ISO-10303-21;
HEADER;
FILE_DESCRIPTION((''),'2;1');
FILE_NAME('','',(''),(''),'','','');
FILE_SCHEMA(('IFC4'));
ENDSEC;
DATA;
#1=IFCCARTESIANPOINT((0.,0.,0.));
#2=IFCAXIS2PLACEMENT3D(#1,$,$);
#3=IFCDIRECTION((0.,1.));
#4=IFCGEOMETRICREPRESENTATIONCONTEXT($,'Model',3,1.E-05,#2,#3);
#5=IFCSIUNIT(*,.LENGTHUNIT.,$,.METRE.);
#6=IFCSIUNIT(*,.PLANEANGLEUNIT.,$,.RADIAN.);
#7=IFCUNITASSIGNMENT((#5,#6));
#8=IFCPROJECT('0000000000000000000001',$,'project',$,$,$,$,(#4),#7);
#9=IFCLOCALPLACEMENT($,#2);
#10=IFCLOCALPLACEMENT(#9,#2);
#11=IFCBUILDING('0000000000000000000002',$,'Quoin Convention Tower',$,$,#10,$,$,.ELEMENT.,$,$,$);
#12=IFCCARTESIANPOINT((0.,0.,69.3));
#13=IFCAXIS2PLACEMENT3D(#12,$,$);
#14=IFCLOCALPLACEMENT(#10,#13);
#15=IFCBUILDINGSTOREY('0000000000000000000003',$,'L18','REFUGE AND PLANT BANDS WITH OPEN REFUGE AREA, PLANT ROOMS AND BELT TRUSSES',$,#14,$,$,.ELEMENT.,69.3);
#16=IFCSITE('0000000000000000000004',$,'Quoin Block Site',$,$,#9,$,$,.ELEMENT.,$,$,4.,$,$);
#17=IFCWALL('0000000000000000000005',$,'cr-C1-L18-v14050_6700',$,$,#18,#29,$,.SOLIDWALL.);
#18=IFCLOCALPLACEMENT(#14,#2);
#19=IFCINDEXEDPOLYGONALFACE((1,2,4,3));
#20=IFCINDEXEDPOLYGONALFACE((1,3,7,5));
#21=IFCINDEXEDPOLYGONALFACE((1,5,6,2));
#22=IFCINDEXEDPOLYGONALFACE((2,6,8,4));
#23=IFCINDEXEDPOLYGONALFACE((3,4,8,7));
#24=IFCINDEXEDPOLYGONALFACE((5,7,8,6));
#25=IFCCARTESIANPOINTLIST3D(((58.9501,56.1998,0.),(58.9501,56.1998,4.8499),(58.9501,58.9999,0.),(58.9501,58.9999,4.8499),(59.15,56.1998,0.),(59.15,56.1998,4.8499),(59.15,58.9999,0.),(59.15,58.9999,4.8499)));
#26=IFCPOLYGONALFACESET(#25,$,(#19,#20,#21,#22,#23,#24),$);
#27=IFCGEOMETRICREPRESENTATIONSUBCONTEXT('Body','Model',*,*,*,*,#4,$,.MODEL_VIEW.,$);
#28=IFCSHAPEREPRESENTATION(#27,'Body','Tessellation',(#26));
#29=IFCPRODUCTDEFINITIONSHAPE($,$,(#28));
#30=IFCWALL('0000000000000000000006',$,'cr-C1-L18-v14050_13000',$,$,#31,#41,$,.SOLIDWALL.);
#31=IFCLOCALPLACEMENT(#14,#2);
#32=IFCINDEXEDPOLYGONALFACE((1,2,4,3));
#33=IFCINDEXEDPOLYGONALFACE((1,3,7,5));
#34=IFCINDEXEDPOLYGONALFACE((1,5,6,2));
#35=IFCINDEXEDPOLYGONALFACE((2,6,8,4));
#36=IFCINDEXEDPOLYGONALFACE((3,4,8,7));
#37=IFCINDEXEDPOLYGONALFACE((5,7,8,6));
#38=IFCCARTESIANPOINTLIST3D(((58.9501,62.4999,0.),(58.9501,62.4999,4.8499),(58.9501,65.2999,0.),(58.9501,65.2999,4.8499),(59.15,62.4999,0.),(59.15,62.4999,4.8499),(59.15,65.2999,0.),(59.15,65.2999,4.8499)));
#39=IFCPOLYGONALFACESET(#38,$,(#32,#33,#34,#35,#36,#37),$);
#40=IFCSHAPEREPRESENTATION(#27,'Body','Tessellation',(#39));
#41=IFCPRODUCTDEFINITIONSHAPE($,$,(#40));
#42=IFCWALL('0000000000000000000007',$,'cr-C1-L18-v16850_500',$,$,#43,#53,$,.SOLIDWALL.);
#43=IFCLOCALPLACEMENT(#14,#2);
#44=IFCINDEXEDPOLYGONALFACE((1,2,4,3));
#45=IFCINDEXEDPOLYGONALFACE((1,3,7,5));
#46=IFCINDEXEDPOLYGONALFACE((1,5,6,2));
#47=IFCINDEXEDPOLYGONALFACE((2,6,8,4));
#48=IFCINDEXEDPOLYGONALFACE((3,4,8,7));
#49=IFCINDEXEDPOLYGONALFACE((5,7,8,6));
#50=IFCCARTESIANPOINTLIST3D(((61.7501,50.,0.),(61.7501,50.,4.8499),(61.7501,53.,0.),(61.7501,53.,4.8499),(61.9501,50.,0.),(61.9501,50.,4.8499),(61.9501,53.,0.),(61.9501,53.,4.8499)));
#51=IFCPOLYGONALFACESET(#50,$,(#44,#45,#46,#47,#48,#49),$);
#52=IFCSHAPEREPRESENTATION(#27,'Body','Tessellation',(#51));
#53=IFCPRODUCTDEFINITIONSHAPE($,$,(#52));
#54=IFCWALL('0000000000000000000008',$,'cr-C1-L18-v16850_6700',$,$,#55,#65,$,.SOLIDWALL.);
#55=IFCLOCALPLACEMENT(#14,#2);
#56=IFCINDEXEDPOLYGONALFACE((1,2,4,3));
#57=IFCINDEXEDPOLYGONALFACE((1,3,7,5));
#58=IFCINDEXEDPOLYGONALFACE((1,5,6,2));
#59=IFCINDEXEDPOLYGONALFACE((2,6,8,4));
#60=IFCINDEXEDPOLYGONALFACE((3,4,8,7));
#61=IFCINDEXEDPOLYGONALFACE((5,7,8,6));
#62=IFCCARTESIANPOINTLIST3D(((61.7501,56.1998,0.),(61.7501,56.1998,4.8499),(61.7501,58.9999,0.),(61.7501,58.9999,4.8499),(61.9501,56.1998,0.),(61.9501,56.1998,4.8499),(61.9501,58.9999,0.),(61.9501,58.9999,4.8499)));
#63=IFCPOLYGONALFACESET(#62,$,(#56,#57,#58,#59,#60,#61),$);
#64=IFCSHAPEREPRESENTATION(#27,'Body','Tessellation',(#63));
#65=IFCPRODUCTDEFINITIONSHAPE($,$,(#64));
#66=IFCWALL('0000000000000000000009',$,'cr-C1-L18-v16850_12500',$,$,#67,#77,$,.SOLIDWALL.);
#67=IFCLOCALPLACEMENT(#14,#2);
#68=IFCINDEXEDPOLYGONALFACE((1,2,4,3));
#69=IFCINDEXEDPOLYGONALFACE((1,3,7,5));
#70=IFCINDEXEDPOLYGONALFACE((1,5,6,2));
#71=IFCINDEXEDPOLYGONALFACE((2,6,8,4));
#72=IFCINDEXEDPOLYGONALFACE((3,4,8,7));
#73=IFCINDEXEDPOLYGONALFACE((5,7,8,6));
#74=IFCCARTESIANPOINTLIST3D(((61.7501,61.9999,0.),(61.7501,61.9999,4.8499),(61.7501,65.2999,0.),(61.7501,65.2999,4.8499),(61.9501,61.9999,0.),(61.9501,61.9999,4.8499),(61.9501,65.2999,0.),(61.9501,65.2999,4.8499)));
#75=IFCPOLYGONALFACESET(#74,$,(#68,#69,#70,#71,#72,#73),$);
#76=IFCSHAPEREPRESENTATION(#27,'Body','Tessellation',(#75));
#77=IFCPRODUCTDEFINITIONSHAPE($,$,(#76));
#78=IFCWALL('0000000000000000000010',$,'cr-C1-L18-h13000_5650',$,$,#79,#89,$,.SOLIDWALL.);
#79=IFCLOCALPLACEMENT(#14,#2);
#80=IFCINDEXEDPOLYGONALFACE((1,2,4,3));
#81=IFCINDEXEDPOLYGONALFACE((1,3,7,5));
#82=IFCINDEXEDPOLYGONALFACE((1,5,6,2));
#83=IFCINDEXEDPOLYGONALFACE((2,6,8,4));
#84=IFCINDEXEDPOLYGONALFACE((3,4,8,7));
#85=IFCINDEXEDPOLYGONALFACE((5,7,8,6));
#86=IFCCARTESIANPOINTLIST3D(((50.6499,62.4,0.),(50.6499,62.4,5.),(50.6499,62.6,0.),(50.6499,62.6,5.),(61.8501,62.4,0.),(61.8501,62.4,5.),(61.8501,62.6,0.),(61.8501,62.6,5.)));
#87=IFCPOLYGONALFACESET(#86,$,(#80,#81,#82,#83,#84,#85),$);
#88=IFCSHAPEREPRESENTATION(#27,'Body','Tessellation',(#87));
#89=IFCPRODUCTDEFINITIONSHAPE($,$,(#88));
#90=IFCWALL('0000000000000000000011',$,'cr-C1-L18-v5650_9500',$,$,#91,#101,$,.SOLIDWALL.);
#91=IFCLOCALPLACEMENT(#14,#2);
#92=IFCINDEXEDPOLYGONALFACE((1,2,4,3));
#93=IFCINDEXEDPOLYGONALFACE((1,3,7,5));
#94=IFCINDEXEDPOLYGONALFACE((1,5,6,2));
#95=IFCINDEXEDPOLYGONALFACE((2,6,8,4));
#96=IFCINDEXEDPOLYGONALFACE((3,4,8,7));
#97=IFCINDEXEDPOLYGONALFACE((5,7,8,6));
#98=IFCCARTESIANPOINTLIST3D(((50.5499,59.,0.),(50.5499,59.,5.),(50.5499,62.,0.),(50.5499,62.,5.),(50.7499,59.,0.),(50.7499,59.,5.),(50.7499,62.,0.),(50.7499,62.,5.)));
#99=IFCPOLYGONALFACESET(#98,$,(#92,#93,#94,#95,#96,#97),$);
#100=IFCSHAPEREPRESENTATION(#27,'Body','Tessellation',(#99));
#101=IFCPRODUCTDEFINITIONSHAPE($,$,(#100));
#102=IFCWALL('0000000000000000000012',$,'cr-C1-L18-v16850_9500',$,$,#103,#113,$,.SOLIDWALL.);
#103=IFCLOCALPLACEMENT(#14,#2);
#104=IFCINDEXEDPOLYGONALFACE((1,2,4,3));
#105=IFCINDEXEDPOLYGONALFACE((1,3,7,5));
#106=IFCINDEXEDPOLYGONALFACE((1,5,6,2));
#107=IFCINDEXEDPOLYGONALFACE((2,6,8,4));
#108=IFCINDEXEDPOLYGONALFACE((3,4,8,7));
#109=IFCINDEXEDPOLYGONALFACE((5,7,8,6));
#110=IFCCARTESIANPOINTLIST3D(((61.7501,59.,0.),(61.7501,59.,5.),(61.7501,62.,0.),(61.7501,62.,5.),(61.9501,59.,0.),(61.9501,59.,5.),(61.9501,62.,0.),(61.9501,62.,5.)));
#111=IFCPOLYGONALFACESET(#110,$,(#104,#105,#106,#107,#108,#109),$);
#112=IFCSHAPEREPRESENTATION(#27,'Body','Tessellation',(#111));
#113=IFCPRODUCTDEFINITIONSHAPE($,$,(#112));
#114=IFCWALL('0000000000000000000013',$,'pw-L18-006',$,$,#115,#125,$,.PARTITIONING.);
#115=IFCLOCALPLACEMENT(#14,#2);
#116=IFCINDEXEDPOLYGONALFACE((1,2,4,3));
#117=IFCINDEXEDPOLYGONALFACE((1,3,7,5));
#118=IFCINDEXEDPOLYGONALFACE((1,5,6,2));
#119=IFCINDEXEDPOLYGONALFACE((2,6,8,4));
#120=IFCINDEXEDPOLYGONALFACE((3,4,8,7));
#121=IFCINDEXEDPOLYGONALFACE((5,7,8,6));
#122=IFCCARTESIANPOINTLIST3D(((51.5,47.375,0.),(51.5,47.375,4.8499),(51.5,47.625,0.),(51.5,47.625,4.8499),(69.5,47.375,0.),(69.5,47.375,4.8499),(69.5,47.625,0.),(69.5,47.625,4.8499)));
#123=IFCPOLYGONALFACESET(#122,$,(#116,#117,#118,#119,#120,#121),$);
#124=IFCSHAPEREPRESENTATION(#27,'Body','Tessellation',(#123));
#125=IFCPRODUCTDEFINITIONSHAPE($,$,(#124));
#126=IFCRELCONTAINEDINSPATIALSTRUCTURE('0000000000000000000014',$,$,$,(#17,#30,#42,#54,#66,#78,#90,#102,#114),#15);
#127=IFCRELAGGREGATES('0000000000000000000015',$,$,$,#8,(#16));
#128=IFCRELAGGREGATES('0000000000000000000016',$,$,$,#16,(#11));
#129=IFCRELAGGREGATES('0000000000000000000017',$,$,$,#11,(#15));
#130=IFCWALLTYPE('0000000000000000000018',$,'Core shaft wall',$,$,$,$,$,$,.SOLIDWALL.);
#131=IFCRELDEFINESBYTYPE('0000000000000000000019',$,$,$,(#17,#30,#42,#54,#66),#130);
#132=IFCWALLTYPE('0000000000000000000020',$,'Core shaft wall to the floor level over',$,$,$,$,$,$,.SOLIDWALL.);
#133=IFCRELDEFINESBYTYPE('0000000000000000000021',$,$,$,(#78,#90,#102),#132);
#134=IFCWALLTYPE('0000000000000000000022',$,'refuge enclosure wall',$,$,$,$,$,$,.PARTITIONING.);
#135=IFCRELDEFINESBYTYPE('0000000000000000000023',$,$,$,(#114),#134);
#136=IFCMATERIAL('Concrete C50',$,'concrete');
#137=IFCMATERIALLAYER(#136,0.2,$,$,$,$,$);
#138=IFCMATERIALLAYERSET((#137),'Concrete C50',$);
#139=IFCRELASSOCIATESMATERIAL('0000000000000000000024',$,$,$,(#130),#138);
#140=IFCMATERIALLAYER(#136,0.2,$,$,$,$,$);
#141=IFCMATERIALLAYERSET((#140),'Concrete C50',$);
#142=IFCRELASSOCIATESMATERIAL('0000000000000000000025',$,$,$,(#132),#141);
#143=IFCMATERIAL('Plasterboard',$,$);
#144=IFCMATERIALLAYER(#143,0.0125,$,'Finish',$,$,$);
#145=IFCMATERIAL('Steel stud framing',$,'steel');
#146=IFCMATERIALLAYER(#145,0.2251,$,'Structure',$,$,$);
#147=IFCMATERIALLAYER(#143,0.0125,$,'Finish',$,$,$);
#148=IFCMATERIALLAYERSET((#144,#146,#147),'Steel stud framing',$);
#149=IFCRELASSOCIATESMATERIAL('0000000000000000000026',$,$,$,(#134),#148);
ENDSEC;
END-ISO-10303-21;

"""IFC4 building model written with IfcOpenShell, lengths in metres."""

from ifc_helpers import new_model, si_unit, direction, frame, frame_2d, origin, place, context, subcontext, project, spatial, rectangle, extrude, material, layer, layer_set, type_object, element, save


model = new_model("IFC4")

# Units and contexts
model_context = context("Model", 3, precision=1e-05, world=origin(), true_north=direction((0.0, 1.0)))
body_context = subcontext(model_context, "Body", "Model", "MODEL_VIEW")
ifc_project = project(units=[si_unit("LENGTHUNIT", "METRE"), si_unit("PLANEANGLEUNIT", "RADIAN")], contexts=[model_context])

# Site, building, storey
site_placement = place(None, origin())
site = spatial("IfcSite", under=ifc_project, at=site_placement, Name="Quoin Block Site", CompositionType="ELEMENT", RefElevation=4.0)
building_placement = place(site_placement, origin())
building = spatial("IfcBuilding", under=site, at=building_placement, Name="Quoin Convention Tower", CompositionType="ELEMENT")
storey_placement = place(building_placement, frame((0.0, 0.0, 69.3)))
storey = spatial("IfcBuildingStorey", under=building, at=storey_placement, Name="L18", Description="REFUGE AND PLANT BANDS WITH OPEN REFUGE AREA, PLANT ROOMS AND BELT TRUSSES", CompositionType="ELEMENT", Elevation=69.3)

# Shared definitions
ifc_material_1 = material(Name="Plasterboard")
ifc_material_2 = material(Name="Steel stud framing", Category="steel")

# Walls
ifc_material_3 = material(Name="Concrete C50", Category="concrete")
ifc_layer_1 = layer(ifc_material_3, 0.2)
ifc_layer_set_1 = layer_set([ifc_layer_1], Name="Concrete C50")
wall_type_1 = type_object("IfcWallType", Name="Core shaft wall", PredefinedType="SOLIDWALL", material=ifc_layer_set_1)
for number, where, z_axis, x_axis, name in (
    (1, (59.05, 56.2, 0.0), (0.0, 0.0, 1.0), (0.0, 1.0, 0.0), "cr-C1-L18-v14050_6700"),
    (2, (59.05, 62.5, 0.0), (0.0, 0.0, 1.0), (0.0, 1.0, 0.0), "cr-C1-L18-v14050_13000"),
):
    element("IfcWall", number, at=place(storey_placement, frame(where, z_axis=z_axis, x_axis=x_axis)), inside=storey, type_object=wall_type_1, Name=name, PredefinedType="SOLIDWALL", context=body_context, shape_type="SweptSolid", body=[
        extrude(rectangle(XDim=2.8, YDim=0.2, at=frame_2d((1.3999, 0.0))), origin(), (0.0, 0.0, 1.0), 4.8499),
    ])
wall_1_placement = place(storey_placement, frame((61.8501, 50.0, 0.0), z_axis=(0.0, 0.0, 1.0), x_axis=(0.0, 1.0, 0.0)))
element("IfcWall", 3, at=wall_1_placement, inside=storey, type_object=wall_type_1, Name="cr-C1-L18-v16850_500", PredefinedType="SOLIDWALL", context=body_context, shape_type="SweptSolid", body=[
    extrude(rectangle(XDim=3.0, YDim=0.2, at=frame_2d((1.5, 0.0))), origin(), (0.0, 0.0, 1.0), 4.8499),
])
wall_2_placement = place(storey_placement, frame((61.8501, 56.2, 0.0), z_axis=(0.0, 0.0, 1.0), x_axis=(0.0, 1.0, 0.0)))
element("IfcWall", 4, at=wall_2_placement, inside=storey, type_object=wall_type_1, Name="cr-C1-L18-v16850_6700", PredefinedType="SOLIDWALL", context=body_context, shape_type="SweptSolid", body=[
    extrude(rectangle(XDim=2.8, YDim=0.2, at=frame_2d((1.3999, 0.0))), origin(), (0.0, 0.0, 1.0), 4.8499),
])
wall_3_placement = place(storey_placement, frame((61.8501, 62.0, 0.0), z_axis=(0.0, 0.0, 1.0), x_axis=(0.0, 1.0, 0.0)))
element("IfcWall", 5, at=wall_3_placement, inside=storey, type_object=wall_type_1, Name="cr-C1-L18-v16850_12500", PredefinedType="SOLIDWALL", context=body_context, shape_type="SweptSolid", body=[
    extrude(rectangle(XDim=3.3, YDim=0.2, at=frame_2d((1.6499, 0.0))), origin(), (0.0, 0.0, 1.0), 4.8499),
])
ifc_layer_2 = layer(ifc_material_3, 0.2)
ifc_layer_set_2 = layer_set([ifc_layer_2], Name="Concrete C50")
wall_type_2 = type_object("IfcWallType", Name="Core shaft wall to the floor level over", PredefinedType="SOLIDWALL", material=ifc_layer_set_2)
wall_4_placement = place(storey_placement, frame((50.6499, 62.5, 0.0), z_axis=(0.0, 0.0, 1.0), x_axis=(1.0, 0.0, 0.0)))
element("IfcWall", 6, at=wall_4_placement, inside=storey, type_object=wall_type_2, Name="cr-C1-L18-h13000_5650", PredefinedType="SOLIDWALL", context=body_context, shape_type="SweptSolid", body=[
    extrude(rectangle(XDim=11.2002, YDim=0.2, at=frame_2d((5.6001, 0.0))), origin(), (0.0, 0.0, 1.0), 5.0),
])
for number, where, z_axis, x_axis, name in (
    (7, (50.6499, 59.0, 0.0), (0.0, 0.0, 1.0), (0.0, 1.0, 0.0), "cr-C1-L18-v5650_9500"),
    (8, (61.8501, 59.0, 0.0), (0.0, 0.0, 1.0), (0.0, 1.0, 0.0), "cr-C1-L18-v16850_9500"),
):
    element("IfcWall", number, at=place(storey_placement, frame(where, z_axis=z_axis, x_axis=x_axis)), inside=storey, type_object=wall_type_2, Name=name, PredefinedType="SOLIDWALL", context=body_context, shape_type="SweptSolid", body=[
        extrude(rectangle(XDim=3.0, YDim=0.2, at=frame_2d((1.5, 0.0))), origin(), (0.0, 0.0, 1.0), 5.0),
    ])
ifc_layer_3 = layer(ifc_material_1, 0.0125, Name="Finish")
ifc_layer_4 = layer(ifc_material_2, 0.2251, Name="Structure")
ifc_layer_5 = layer(ifc_material_1, 0.0125, Name="Finish")
ifc_layer_set_3 = layer_set([ifc_layer_3, ifc_layer_4, ifc_layer_5], Name="Steel stud framing")
wall_type_3 = type_object("IfcWallType", Name="refuge enclosure wall", PredefinedType="PARTITIONING", material=ifc_layer_set_3)
wall_5_placement = place(storey_placement, frame((51.5, 47.5, 0.0), z_axis=(0.0, 0.0, 1.0), x_axis=(1.0, 0.0, 0.0)))
element("IfcWall", 9, at=wall_5_placement, inside=storey, type_object=wall_type_3, Name="pw-L18-006", PredefinedType="PARTITIONING", context=body_context, shape_type="SweptSolid", body=[
    extrude(rectangle(XDim=18.0, YDim=0.25, at=frame_2d((9.0, 0.0))), origin(), (0.0, 0.0, 1.0), 4.8499),
])

save(model, "model.ifc")
